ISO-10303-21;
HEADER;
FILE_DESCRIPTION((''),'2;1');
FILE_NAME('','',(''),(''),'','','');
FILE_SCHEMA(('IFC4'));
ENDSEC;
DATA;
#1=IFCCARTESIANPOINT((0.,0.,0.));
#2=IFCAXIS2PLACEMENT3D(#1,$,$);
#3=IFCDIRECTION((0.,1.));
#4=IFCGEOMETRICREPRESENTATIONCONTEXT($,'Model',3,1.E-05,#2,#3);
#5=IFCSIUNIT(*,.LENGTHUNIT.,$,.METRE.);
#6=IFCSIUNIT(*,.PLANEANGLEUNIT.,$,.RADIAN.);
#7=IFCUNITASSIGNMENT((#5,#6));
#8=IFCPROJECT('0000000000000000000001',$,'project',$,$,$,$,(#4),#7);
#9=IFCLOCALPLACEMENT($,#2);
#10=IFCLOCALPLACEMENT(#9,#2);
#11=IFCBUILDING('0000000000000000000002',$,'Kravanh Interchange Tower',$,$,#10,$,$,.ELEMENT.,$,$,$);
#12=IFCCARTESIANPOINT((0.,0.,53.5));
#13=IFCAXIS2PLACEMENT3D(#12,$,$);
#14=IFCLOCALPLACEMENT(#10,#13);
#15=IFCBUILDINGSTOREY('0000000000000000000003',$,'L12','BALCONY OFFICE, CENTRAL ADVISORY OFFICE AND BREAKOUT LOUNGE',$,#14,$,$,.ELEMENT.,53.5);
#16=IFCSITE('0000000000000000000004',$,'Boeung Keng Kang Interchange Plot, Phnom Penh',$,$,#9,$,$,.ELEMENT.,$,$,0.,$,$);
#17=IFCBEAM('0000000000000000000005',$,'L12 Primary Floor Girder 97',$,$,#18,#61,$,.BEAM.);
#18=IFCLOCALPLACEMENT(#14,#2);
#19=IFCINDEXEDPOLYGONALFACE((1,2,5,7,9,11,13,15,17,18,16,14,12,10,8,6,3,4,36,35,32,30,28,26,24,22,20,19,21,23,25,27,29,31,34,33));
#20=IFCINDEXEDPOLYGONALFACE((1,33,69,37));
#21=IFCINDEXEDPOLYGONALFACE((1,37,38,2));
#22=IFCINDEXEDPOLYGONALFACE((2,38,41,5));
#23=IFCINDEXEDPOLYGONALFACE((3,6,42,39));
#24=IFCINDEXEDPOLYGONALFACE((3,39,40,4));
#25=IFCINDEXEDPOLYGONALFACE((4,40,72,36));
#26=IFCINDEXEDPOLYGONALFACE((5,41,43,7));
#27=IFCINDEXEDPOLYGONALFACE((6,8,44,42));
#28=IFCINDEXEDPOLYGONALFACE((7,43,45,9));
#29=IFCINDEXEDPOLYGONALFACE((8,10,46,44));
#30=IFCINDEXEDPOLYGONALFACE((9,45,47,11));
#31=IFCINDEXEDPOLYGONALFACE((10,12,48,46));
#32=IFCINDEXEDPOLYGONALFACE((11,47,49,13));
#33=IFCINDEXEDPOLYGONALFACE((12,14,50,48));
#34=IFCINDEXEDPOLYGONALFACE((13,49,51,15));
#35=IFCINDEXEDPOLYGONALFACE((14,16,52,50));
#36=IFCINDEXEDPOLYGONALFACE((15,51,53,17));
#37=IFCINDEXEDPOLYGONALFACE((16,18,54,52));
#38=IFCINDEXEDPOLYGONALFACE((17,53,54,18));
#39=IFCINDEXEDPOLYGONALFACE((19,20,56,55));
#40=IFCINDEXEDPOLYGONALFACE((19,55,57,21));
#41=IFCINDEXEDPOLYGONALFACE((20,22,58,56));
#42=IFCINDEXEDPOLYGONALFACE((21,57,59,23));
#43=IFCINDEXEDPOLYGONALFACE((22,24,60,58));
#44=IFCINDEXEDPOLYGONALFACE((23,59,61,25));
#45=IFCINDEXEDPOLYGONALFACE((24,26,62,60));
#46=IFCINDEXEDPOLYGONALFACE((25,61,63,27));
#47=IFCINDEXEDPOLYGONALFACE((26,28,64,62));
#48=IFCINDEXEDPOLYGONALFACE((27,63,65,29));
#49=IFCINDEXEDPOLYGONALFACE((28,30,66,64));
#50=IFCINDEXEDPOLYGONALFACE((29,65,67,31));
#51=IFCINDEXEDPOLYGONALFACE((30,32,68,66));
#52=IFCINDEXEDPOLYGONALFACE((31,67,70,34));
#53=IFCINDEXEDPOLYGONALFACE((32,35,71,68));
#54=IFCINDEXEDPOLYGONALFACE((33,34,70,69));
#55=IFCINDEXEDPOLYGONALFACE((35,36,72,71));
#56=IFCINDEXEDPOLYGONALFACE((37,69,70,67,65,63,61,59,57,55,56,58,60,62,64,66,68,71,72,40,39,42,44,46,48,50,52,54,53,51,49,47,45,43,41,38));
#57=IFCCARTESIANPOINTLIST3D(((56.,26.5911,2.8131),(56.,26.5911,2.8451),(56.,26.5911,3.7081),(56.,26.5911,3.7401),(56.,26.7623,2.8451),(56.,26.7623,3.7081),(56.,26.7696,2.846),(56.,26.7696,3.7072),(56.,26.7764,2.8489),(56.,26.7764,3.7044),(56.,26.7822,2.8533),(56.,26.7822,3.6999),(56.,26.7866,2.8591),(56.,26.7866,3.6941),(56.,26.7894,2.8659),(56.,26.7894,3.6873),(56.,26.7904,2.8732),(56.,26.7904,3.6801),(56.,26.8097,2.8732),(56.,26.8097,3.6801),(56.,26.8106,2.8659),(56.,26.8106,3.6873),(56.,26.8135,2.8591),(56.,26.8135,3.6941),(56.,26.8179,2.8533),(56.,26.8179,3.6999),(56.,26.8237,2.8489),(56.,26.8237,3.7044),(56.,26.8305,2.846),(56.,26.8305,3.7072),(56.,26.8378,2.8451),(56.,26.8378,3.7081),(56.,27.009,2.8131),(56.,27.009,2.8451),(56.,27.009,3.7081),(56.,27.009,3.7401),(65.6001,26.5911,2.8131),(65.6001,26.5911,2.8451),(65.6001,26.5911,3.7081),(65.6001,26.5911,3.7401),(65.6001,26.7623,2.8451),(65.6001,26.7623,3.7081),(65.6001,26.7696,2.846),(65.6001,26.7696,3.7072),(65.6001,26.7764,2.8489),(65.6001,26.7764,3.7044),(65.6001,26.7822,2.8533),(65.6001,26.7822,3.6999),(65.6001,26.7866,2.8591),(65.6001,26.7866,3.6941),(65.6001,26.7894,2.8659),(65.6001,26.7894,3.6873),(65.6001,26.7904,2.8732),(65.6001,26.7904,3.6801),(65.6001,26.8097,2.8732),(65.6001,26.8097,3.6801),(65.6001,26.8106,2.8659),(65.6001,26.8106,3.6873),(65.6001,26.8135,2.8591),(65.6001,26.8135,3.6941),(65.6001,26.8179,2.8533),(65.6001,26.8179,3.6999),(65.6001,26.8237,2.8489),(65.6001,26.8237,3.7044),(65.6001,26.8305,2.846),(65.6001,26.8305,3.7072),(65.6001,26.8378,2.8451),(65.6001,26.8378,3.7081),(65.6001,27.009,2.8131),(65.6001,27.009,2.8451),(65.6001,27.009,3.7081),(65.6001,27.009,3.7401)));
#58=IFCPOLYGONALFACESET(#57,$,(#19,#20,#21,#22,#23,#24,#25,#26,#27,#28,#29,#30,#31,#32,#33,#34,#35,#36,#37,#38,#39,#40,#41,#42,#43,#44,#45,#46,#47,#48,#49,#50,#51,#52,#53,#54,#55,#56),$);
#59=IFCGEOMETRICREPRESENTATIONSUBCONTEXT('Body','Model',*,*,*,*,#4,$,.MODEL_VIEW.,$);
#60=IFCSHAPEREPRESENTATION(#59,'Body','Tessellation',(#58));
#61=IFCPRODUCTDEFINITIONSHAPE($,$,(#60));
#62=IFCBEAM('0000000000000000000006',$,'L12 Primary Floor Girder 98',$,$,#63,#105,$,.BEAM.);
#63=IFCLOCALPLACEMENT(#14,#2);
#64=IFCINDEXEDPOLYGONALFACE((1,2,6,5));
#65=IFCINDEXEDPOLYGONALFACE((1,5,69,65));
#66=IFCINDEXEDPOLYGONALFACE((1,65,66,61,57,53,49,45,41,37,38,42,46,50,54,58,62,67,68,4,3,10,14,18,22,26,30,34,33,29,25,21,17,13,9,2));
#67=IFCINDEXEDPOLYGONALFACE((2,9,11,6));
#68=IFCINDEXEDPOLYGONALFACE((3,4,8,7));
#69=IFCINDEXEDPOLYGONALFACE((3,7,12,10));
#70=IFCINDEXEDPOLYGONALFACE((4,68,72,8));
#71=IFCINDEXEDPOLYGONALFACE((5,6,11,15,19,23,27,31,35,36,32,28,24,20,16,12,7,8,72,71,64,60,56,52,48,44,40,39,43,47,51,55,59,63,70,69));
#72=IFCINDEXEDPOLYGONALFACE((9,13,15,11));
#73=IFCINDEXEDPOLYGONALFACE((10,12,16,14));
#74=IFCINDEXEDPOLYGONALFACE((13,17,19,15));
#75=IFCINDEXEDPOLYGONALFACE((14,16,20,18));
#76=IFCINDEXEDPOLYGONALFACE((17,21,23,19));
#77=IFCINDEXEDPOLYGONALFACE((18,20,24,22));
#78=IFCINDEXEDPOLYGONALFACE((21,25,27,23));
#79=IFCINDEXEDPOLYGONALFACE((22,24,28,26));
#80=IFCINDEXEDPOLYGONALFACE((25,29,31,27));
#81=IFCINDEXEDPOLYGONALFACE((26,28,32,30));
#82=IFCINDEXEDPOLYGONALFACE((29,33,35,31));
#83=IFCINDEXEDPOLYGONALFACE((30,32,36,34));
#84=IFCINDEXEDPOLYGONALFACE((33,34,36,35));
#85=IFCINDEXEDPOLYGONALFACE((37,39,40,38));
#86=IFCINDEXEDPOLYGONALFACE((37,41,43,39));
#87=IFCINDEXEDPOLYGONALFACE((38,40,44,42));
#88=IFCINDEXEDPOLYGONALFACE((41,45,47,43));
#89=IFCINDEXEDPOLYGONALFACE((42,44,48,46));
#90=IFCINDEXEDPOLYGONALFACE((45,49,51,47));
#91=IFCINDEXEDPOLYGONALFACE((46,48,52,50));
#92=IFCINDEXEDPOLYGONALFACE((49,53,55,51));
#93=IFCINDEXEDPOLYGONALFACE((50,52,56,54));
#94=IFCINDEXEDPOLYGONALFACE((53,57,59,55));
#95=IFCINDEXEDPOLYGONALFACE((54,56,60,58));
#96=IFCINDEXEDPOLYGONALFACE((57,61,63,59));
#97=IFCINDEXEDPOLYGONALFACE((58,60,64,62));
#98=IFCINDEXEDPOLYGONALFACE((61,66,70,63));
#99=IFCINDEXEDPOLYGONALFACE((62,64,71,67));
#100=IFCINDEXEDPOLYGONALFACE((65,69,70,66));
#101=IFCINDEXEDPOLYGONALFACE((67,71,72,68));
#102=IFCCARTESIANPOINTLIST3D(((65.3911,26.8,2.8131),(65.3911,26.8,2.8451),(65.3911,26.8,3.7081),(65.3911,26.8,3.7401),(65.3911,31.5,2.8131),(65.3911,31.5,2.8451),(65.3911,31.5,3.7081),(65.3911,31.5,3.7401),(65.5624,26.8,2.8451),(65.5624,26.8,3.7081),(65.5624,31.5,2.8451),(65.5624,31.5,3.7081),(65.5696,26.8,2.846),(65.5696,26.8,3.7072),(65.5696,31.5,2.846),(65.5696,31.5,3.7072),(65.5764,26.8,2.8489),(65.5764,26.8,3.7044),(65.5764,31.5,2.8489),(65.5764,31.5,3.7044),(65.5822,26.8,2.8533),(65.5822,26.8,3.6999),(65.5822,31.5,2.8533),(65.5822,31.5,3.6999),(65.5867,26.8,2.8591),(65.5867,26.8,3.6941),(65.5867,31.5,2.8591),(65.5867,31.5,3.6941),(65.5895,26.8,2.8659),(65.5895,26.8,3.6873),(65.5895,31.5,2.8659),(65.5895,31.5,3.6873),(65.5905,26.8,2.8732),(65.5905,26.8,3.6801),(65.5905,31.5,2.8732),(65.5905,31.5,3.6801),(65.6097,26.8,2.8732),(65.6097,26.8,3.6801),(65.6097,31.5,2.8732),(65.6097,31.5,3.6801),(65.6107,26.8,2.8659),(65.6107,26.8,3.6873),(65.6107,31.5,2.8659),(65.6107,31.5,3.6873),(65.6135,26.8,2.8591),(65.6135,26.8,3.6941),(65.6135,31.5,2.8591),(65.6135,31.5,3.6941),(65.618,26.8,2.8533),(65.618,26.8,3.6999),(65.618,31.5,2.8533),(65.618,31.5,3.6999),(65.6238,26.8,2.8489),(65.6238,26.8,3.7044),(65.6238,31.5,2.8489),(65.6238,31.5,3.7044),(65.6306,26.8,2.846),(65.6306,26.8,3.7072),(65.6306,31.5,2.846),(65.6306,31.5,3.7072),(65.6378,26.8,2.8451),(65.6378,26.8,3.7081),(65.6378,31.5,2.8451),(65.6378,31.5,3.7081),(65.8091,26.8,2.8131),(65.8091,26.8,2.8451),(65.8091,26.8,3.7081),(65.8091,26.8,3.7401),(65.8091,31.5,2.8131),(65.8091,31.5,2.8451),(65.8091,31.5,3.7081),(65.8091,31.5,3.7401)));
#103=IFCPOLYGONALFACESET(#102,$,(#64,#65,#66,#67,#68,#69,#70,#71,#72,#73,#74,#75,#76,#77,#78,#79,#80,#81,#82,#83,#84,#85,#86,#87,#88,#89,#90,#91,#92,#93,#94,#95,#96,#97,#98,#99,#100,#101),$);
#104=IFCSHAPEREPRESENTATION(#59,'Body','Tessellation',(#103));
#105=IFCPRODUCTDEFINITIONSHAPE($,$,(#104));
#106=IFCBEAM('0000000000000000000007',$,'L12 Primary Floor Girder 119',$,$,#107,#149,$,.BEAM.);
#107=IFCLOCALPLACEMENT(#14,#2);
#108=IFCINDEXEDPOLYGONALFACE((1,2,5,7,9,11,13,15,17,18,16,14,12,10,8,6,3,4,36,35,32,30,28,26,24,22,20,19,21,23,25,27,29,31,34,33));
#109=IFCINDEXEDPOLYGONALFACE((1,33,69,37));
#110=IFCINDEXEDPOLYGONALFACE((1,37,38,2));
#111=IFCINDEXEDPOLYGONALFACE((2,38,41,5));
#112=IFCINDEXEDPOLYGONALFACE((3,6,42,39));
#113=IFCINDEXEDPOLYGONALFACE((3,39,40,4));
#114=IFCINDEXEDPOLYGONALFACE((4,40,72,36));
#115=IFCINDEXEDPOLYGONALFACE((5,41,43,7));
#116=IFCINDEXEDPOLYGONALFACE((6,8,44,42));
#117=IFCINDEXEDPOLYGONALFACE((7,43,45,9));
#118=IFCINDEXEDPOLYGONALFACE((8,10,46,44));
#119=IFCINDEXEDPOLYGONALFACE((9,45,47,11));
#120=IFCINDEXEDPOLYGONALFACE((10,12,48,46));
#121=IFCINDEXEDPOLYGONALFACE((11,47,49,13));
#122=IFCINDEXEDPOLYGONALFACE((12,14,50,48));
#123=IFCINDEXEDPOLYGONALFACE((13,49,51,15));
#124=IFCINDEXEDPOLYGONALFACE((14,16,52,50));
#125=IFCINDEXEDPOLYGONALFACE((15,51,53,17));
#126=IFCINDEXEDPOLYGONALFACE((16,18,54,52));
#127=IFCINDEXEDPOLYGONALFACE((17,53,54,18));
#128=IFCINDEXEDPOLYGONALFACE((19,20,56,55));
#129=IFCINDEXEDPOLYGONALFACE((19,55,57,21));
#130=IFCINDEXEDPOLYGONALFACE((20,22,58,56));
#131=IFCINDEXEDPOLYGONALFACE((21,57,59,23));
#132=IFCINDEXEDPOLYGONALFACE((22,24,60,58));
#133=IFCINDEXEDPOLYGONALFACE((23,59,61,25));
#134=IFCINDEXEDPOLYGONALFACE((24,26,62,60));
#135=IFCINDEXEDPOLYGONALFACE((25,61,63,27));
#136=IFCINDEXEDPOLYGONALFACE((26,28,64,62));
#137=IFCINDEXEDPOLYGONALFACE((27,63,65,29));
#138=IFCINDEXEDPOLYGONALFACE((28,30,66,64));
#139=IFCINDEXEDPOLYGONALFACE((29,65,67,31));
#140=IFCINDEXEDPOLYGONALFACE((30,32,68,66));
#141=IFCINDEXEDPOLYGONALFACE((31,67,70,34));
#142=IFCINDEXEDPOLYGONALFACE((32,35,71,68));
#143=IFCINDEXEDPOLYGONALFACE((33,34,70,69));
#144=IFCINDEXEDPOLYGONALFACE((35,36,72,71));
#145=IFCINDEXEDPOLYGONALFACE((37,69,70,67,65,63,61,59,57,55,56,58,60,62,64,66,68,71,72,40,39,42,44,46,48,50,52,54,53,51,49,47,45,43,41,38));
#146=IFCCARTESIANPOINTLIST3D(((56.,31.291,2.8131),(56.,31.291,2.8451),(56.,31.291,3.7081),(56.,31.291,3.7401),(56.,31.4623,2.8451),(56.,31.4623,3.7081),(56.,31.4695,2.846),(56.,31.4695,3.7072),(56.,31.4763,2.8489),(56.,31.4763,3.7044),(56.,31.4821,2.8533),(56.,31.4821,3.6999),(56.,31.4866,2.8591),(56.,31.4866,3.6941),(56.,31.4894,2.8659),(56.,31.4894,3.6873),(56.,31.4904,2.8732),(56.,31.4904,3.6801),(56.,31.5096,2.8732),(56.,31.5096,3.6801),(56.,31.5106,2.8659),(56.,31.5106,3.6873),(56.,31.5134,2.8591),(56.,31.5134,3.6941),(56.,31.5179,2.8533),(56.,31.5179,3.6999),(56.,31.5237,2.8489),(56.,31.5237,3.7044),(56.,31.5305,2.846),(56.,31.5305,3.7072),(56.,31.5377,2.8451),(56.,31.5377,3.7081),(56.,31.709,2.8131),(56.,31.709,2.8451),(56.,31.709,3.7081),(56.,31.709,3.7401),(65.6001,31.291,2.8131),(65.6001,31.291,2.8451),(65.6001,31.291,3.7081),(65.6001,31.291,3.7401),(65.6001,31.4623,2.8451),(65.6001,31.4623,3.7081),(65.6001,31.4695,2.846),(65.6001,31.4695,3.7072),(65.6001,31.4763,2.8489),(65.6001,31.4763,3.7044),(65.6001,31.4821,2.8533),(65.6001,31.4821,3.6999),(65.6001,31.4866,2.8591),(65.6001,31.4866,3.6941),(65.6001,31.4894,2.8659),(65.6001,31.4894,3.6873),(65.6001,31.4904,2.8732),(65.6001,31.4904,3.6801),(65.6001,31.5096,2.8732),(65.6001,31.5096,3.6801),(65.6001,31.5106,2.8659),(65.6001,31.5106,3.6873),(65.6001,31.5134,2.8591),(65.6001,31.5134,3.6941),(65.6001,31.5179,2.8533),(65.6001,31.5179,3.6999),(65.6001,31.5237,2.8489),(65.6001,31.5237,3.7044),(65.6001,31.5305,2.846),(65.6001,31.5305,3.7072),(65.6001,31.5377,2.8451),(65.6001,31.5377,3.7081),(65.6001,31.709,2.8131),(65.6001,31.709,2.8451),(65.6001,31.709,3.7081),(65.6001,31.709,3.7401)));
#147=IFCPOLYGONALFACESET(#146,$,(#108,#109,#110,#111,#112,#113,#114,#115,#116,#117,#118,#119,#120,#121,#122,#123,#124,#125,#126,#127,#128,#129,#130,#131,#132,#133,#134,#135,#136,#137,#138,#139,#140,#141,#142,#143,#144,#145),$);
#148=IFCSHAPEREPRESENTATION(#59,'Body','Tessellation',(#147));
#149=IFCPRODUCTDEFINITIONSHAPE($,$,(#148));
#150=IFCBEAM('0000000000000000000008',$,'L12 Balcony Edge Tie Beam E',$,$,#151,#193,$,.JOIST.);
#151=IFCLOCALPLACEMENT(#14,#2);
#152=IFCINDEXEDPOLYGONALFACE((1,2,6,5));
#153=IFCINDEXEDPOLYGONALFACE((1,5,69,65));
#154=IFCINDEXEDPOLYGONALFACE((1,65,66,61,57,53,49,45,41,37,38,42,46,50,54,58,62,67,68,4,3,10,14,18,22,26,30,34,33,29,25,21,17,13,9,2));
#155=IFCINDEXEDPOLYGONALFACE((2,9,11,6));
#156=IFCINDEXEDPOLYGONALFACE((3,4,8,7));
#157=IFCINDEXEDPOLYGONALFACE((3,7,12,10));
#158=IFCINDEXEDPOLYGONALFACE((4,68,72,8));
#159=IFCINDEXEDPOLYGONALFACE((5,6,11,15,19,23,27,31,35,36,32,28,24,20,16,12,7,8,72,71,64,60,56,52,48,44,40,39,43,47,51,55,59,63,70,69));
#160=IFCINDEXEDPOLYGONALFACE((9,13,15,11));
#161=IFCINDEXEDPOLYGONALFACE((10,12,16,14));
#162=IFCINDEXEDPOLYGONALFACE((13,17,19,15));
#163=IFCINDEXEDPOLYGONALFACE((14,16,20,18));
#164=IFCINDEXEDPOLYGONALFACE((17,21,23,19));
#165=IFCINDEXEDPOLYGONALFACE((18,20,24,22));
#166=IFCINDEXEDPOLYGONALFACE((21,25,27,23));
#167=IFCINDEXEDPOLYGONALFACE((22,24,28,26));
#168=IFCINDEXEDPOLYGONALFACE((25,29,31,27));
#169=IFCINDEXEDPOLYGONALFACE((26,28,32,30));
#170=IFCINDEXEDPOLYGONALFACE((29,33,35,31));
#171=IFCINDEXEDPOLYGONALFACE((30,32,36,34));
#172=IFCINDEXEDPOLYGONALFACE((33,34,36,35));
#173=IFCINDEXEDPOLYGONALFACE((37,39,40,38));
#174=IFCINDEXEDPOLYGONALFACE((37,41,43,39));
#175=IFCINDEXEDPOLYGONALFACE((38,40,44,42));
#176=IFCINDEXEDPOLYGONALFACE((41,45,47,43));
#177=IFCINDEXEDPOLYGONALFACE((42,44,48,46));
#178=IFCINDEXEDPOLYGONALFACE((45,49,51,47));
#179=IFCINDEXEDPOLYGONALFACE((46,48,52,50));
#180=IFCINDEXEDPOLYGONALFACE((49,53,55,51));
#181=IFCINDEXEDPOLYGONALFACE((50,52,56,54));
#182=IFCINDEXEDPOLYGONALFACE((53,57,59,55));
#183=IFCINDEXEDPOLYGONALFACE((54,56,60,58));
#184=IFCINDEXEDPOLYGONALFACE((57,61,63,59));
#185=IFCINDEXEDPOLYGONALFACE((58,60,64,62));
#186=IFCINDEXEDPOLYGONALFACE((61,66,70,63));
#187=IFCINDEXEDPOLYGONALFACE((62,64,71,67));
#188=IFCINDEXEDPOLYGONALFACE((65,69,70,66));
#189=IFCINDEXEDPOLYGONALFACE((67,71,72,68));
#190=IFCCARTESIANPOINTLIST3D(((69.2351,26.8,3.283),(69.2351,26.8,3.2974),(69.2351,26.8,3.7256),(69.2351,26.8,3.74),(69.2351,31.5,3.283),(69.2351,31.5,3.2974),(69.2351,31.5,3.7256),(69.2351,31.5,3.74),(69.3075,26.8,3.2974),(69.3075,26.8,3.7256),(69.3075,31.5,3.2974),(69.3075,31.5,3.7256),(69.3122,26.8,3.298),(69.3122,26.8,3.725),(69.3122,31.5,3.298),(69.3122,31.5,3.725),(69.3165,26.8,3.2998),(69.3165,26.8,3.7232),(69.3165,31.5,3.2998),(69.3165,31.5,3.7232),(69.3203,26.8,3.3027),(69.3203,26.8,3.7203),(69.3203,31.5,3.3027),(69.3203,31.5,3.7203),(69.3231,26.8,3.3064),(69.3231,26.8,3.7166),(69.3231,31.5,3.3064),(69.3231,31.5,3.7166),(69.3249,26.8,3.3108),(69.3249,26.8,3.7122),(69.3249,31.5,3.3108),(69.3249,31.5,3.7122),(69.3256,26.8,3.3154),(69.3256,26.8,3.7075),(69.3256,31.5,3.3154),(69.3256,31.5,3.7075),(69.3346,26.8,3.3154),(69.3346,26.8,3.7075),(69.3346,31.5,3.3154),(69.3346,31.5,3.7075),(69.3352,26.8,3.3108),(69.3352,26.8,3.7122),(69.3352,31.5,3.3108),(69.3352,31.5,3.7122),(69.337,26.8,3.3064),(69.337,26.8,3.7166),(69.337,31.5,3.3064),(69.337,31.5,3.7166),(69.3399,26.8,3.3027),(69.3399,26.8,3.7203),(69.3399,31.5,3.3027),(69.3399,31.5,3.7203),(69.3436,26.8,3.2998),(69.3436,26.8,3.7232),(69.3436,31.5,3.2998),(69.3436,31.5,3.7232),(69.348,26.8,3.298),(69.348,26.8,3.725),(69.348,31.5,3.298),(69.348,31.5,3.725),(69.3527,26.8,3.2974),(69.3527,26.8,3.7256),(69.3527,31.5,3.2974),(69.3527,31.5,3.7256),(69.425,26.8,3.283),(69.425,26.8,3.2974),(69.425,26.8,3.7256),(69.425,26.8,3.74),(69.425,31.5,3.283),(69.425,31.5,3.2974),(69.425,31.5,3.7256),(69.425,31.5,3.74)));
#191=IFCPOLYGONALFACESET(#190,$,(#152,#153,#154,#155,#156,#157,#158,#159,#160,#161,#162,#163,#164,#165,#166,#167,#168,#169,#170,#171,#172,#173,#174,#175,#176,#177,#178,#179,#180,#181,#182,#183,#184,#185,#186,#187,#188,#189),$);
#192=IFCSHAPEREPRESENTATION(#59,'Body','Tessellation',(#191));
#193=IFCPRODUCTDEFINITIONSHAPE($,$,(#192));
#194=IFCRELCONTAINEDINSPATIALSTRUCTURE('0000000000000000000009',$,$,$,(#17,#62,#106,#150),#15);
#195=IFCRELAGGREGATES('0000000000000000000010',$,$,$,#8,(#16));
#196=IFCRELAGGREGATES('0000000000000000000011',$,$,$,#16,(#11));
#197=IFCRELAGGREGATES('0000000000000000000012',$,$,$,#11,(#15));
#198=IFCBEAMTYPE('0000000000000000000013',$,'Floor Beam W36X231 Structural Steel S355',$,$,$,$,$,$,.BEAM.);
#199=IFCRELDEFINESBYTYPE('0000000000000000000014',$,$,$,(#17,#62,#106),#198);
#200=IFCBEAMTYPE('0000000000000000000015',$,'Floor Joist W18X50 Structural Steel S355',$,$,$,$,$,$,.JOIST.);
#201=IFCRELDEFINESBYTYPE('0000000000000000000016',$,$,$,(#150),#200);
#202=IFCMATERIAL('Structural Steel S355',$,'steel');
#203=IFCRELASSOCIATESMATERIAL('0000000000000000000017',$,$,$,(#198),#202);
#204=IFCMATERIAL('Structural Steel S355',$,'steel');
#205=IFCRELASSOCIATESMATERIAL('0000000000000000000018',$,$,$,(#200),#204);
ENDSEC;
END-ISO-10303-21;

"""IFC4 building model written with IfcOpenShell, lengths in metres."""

from ifc_helpers import new_model, si_unit, direction, frame, origin, origin_2d, place, context, subcontext, project, spatial, i_section, extrude, material, material_profile, profile_set, type_object, element, save


model = new_model("IFC4")

# Units and contexts
model_context = context("Model", 3, precision=1e-05, world=origin(), true_north=direction((0.0, 1.0)))
body_context = subcontext(model_context, "Body", "Model", "MODEL_VIEW")
ifc_project = project(units=[si_unit("LENGTHUNIT", "METRE"), si_unit("PLANEANGLEUNIT", "RADIAN")], contexts=[model_context])

# Site, building, storey
site_placement = place(None, origin())
site = spatial("IfcSite", under=ifc_project, at=site_placement, Name="Boeung Keng Kang Interchange Plot, Phnom Penh", CompositionType="ELEMENT", RefElevation=0.0)
building_placement = place(site_placement, origin())
building = spatial("IfcBuilding", under=site, at=building_placement, Name="Kravanh Interchange Tower", CompositionType="ELEMENT")
storey_placement = place(building_placement, frame((0.0, 0.0, 53.5)))
storey = spatial("IfcBuildingStorey", under=building, at=storey_placement, Name="L12", Description="BALCONY OFFICE, CENTRAL ADVISORY OFFICE AND BREAKOUT LOUNGE", CompositionType="ELEMENT", Elevation=53.5)

# Beams
ifc_material_1 = material(Name="Structural Steel S355", Category="steel")
ifc_material_profile_1 = material_profile(ifc_material_1, i_section(OverallWidth=0.418, OverallDepth=0.927, WebThickness=0.0193, FlangeThickness=0.032, FilletRadius=0.0281, at=origin_2d()), Name="W36X231")
ifc_profile_set_1 = profile_set([ifc_material_profile_1], Name="Structural Steel S355")
beam_type_1 = type_object("IfcBeamType", Name="Floor Beam W36X231 Structural Steel S355", PredefinedType="BEAM", material=ifc_profile_set_1)
beam_1_placement = place(storey_placement, frame((56.0, 26.8, 3.2766), z_axis=(1.0, 0.0, 0.0), x_axis=(0.0, 1.0, 0.0)))
element("IfcBeam", 1, at=beam_1_placement, inside=storey, type_object=beam_type_1, Name="L12 Primary Floor Girder 97", PredefinedType="BEAM", context=body_context, shape_type="SweptSolid", body=[
    extrude(i_section(OverallWidth=0.418, OverallDepth=0.927, WebThickness=0.0193, FlangeThickness=0.032, FilletRadius=0.0281, at=origin_2d()), origin(), (0.0, 0.0, 1.0), 9.6001),
])
beam_2_placement = place(storey_placement, frame((65.6001, 26.8, 3.2766), z_axis=(0.0, 1.0, 0.0), x_axis=(-1.0, 0.0, 0.0)))
element("IfcBeam", 2, at=beam_2_placement, inside=storey, type_object=beam_type_1, Name="L12 Primary Floor Girder 98", PredefinedType="BEAM", context=body_context, shape_type="SweptSolid", body=[
    extrude(i_section(OverallWidth=0.418, OverallDepth=0.927, WebThickness=0.0193, FlangeThickness=0.032, FilletRadius=0.0281, at=origin_2d()), origin(), (0.0, 0.0, 1.0), 4.7),
])
beam_3_placement = place(storey_placement, frame((56.0, 31.5, 3.2766), z_axis=(1.0, 0.0, 0.0), x_axis=(0.0, 1.0, 0.0)))
element("IfcBeam", 3, at=beam_3_placement, inside=storey, type_object=beam_type_1, Name="L12 Primary Floor Girder 119", PredefinedType="BEAM", context=body_context, shape_type="SweptSolid", body=[
    extrude(i_section(OverallWidth=0.418, OverallDepth=0.927, WebThickness=0.0193, FlangeThickness=0.032, FilletRadius=0.0281, at=origin_2d()), origin(), (0.0, 0.0, 1.0), 9.6001),
])
ifc_material_2 = material(Name="Structural Steel S355", Category="steel")
ifc_material_profile_2 = material_profile(ifc_material_2, i_section(OverallWidth=0.1899, OverallDepth=0.457, WebThickness=0.009, FlangeThickness=0.0144, FilletRadius=0.0181, at=origin_2d()), Name="W18X50")
ifc_profile_set_2 = profile_set([ifc_material_profile_2], Name="Structural Steel S355")
beam_type_2 = type_object("IfcBeamType", Name="Floor Joist W18X50 Structural Steel S355", PredefinedType="JOIST", material=ifc_profile_set_2)
beam_4_placement = place(storey_placement, frame((69.3301, 26.8, 3.5115), z_axis=(0.0, 1.0, 0.0), x_axis=(-1.0, 0.0, 0.0)))
element("IfcBeam", 4, at=beam_4_placement, inside=storey, type_object=beam_type_2, Name="L12 Balcony Edge Tie Beam E", PredefinedType="JOIST", context=body_context, shape_type="SweptSolid", body=[
    extrude(i_section(OverallWidth=0.1899, OverallDepth=0.457, WebThickness=0.009, FlangeThickness=0.0144, FilletRadius=0.0181, at=origin_2d()), origin(), (0.0, 0.0, 1.0), 4.7),
])

save(model, "model.ifc")
